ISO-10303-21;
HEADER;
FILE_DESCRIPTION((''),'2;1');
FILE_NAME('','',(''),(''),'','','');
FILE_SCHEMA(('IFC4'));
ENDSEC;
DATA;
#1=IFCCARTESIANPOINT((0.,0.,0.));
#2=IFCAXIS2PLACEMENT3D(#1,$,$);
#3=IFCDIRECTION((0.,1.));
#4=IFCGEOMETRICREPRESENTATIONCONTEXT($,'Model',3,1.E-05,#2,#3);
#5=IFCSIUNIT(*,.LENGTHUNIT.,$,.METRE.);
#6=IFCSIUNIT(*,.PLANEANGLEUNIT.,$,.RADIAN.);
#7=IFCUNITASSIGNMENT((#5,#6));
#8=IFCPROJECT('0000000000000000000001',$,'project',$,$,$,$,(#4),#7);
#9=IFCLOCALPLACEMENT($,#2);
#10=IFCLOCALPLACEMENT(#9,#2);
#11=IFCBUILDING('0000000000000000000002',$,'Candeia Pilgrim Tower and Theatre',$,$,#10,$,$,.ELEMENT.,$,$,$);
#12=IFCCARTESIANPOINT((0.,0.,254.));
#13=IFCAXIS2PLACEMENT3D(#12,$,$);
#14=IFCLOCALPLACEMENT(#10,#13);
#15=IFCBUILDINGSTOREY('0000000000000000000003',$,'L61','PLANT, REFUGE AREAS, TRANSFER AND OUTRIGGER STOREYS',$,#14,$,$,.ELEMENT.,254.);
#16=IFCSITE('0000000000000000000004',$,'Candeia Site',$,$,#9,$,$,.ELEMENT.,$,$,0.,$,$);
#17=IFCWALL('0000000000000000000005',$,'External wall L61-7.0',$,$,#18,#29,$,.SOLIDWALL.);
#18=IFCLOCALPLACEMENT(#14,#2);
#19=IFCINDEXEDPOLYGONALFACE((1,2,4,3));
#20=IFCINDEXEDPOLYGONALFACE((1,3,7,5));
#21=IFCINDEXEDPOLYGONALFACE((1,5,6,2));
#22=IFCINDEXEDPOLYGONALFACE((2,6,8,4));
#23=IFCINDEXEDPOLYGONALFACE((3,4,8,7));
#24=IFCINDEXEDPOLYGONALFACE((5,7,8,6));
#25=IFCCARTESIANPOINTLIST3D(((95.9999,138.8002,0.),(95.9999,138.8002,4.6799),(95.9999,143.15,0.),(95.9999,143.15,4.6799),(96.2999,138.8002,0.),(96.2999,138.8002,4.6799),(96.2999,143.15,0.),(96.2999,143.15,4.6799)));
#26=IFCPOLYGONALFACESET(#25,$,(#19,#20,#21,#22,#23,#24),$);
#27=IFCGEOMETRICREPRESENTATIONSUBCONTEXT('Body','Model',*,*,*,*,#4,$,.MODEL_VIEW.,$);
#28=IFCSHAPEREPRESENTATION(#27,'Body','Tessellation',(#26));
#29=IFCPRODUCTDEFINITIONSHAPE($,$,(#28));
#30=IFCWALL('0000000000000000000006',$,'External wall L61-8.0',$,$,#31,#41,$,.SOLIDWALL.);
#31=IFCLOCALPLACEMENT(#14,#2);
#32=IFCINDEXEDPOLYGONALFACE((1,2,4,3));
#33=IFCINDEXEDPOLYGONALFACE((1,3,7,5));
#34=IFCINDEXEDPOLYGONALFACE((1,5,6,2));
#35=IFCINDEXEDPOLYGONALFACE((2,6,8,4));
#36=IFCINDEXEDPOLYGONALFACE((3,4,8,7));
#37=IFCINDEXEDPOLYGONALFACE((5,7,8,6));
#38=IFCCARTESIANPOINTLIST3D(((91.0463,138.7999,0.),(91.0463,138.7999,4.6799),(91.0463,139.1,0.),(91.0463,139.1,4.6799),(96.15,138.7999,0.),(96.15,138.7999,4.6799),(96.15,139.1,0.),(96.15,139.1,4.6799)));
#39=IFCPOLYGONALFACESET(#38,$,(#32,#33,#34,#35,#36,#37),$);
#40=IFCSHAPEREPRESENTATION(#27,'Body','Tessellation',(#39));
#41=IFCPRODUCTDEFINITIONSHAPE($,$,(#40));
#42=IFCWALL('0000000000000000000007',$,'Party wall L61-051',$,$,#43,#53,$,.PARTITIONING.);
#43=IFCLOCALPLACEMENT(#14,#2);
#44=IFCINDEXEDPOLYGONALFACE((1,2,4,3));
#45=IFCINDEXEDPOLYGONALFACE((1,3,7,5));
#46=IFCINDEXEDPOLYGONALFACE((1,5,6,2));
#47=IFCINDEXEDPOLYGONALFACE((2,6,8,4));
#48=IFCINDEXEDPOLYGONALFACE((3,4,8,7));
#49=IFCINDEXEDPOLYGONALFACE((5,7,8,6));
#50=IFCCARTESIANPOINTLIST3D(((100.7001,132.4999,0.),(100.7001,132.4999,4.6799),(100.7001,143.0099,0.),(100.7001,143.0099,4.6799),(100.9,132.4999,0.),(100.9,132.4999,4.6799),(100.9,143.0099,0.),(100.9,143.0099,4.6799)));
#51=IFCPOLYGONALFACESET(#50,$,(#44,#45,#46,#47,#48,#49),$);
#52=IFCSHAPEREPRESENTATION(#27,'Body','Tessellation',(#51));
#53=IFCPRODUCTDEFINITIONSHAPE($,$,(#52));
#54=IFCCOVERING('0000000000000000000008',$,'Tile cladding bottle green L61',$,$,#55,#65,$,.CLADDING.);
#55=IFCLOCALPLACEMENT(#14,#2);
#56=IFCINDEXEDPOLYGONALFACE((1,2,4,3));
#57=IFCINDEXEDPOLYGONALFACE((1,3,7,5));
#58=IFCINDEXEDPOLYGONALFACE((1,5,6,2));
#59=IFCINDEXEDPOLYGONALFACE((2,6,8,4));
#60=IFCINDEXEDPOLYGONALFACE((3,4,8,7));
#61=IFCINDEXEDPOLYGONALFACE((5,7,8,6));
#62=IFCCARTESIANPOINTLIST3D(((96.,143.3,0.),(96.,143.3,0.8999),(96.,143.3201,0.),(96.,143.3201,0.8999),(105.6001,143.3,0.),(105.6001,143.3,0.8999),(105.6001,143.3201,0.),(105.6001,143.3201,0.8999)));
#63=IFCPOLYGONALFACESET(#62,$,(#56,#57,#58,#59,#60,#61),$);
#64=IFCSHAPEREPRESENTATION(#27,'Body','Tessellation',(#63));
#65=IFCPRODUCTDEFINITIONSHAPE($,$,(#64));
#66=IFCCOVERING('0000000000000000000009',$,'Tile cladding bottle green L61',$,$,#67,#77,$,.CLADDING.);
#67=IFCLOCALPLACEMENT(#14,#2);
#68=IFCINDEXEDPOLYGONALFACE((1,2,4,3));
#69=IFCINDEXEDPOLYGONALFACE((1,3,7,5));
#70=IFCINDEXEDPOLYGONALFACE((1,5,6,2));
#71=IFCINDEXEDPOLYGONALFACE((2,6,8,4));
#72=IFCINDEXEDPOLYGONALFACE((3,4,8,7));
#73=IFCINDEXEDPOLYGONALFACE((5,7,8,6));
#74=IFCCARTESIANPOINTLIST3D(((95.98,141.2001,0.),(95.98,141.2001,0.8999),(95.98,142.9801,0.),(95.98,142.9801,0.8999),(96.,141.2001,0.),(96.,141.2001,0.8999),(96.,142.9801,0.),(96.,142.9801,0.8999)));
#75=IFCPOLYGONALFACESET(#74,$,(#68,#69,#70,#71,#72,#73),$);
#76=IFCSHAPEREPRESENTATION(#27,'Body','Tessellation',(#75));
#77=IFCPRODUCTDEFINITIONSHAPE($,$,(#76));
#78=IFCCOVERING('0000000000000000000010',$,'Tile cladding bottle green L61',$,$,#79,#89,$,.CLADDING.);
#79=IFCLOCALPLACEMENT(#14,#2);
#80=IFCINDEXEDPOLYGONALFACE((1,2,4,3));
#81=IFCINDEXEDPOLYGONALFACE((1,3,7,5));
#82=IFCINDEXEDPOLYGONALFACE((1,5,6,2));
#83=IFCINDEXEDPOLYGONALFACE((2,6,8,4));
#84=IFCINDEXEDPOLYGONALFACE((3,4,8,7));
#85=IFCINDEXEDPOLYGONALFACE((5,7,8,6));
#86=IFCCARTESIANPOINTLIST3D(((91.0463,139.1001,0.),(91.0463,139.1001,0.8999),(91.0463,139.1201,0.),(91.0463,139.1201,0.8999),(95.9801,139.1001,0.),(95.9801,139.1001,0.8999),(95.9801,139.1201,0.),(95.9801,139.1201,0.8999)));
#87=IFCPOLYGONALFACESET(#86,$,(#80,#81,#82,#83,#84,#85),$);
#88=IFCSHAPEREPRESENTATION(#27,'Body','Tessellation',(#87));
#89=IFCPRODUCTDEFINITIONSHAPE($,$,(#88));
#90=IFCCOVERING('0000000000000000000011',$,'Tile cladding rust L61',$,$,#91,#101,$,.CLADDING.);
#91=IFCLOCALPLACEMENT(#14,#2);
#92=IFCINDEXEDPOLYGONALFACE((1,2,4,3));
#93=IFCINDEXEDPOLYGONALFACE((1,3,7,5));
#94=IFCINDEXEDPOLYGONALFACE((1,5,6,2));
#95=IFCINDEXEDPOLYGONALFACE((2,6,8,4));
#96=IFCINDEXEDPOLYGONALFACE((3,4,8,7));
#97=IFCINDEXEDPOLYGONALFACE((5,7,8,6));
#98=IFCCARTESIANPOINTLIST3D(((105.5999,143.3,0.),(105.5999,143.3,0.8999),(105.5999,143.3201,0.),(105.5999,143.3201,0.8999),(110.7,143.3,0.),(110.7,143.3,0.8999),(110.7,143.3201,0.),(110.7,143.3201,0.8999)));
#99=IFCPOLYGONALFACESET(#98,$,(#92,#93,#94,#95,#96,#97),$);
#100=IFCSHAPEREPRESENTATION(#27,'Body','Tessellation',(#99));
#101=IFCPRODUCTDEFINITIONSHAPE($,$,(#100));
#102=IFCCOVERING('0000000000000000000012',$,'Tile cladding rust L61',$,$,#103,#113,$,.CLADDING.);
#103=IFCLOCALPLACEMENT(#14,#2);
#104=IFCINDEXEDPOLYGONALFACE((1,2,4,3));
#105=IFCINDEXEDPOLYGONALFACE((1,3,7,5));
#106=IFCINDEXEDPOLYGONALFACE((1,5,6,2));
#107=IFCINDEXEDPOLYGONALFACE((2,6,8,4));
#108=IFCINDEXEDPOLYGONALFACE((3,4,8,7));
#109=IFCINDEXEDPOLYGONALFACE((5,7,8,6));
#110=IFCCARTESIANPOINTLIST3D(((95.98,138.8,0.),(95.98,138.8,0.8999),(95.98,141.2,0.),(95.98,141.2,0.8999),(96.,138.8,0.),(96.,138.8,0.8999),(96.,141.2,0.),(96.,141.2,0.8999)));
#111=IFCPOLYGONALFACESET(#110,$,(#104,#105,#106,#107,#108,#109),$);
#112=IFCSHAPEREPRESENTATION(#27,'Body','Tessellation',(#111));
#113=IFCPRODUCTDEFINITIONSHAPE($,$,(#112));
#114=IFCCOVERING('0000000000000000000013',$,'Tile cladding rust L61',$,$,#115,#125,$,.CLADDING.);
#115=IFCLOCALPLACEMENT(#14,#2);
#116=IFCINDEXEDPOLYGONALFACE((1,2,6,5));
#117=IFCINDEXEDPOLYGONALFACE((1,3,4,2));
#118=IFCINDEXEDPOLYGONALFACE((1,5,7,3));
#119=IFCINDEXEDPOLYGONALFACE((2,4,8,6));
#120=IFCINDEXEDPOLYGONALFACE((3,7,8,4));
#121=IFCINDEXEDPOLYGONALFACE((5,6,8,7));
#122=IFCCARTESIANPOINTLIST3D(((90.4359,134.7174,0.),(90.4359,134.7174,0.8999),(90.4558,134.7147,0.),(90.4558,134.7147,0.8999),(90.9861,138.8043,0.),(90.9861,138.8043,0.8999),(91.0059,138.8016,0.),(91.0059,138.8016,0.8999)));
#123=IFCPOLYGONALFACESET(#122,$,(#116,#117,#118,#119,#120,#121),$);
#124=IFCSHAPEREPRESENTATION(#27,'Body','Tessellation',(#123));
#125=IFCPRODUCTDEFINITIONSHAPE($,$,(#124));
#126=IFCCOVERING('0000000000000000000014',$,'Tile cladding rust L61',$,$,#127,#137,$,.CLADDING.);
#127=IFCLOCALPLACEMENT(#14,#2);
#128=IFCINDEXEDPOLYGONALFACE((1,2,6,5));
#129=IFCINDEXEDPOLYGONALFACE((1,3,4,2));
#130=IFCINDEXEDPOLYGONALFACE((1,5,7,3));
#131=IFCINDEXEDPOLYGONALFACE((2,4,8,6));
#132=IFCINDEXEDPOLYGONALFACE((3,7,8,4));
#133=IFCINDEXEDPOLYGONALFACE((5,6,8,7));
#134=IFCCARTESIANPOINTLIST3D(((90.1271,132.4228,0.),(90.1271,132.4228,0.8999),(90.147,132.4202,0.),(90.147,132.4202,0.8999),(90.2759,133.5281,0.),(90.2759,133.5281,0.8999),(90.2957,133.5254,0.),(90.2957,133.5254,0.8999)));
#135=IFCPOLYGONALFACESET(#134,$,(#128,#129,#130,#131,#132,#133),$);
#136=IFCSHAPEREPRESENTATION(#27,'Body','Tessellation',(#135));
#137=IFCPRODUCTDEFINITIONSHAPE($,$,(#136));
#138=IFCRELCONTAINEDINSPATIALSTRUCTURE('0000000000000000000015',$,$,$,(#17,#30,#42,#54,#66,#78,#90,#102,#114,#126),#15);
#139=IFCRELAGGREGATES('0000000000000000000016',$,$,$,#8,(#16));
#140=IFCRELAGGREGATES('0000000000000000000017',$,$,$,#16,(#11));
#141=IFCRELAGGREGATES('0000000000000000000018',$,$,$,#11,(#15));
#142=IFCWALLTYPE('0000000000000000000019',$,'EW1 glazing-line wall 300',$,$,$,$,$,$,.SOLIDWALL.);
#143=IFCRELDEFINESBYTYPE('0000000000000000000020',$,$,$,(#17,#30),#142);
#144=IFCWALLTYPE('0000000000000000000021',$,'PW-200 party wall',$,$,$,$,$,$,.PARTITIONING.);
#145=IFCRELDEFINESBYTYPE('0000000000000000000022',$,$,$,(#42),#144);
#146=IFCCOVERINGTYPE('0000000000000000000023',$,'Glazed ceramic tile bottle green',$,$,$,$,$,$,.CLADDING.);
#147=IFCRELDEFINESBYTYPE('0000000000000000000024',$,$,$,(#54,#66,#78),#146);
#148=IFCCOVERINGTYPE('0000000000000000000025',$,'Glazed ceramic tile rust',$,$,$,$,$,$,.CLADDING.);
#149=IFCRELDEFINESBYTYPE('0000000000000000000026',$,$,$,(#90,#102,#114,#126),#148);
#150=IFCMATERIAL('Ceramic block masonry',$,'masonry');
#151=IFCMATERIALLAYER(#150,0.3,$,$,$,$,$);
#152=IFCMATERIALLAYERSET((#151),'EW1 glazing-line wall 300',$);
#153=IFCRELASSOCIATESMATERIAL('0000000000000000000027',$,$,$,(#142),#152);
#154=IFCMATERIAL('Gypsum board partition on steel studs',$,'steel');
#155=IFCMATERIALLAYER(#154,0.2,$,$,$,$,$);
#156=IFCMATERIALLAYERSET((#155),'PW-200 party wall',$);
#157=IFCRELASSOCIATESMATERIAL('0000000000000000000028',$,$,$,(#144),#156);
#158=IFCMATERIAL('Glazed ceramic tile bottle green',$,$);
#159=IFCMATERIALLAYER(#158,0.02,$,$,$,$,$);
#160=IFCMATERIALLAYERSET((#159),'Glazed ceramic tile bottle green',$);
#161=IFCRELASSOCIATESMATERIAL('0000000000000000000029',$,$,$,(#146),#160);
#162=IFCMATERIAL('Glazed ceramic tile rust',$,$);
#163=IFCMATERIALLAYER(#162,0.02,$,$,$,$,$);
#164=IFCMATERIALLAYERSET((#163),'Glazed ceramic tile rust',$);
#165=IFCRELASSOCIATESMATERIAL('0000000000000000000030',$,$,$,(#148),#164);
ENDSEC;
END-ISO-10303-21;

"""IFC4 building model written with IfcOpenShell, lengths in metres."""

from ifc_helpers import new_model, si_unit, direction, frame, frame_2d, origin, origin_2d, place, context, subcontext, project, spatial, rectangle, extrude, material, layer, layer_set, type_object, element, save


model = new_model("IFC4")

# Units and contexts
model_context = context("Model", 3, precision=1e-05, world=origin(), true_north=direction((0.0, 1.0)))
body_context = subcontext(model_context, "Body", "Model", "MODEL_VIEW")
ifc_project = project(units=[si_unit("LENGTHUNIT", "METRE"), si_unit("PLANEANGLEUNIT", "RADIAN")], contexts=[model_context])

# Site, building, storey
site_placement = place(None, origin())
site = spatial("IfcSite", under=ifc_project, at=site_placement, Name="Candeia Site", CompositionType="ELEMENT", RefElevation=0.0)
building_placement = place(site_placement, origin())
building = spatial("IfcBuilding", under=site, at=building_placement, Name="Candeia Pilgrim Tower and Theatre", CompositionType="ELEMENT")
storey_placement = place(building_placement, frame((0.0, 0.0, 254.0)))
storey = spatial("IfcBuildingStorey", under=building, at=storey_placement, Name="L61", Description="PLANT, REFUGE AREAS, TRANSFER AND OUTRIGGER STOREYS", CompositionType="ELEMENT", Elevation=254.0)

# Walls
ifc_material_1 = material(Name="Ceramic block masonry", Category="masonry")
ifc_layer_1 = layer(ifc_material_1, 0.3)
ifc_layer_set_1 = layer_set([ifc_layer_1], Name="EW1 glazing-line wall 300")
wall_type_1 = type_object("IfcWallType", Name="EW1 glazing-line wall 300", PredefinedType="SOLIDWALL", material=ifc_layer_set_1)
wall_1_placement = place(storey_placement, frame((96.1499, 143.1499, 0.0), z_axis=(0.0, 0.0, 1.0), x_axis=(0.0, -1.0, 0.0)))
element("IfcWall", 1, at=wall_1_placement, inside=storey, type_object=wall_type_1, Name="External wall L61-7.0", PredefinedType="SOLIDWALL", context=body_context, shape_type="SweptSolid", body=[
    extrude(rectangle(XDim=4.3499, YDim=0.3, at=frame_2d((2.1748, 0.0))), origin(), (0.0, 0.0, 1.0), 4.6799),
])
wall_2_placement = place(storey_placement, frame((96.1499, 138.95, 0.0), z_axis=(0.0, 0.0, 1.0), x_axis=(-1.0, 0.0, 0.0)))
element("IfcWall", 2, at=wall_2_placement, inside=storey, type_object=wall_type_1, Name="External wall L61-8.0", PredefinedType="SOLIDWALL", context=body_context, shape_type="SweptSolid", body=[
    extrude(rectangle(XDim=5.1038, YDim=0.3, at=frame_2d((2.5518, 0.0))), origin(), (0.0, 0.0, 1.0), 4.6799),
])

# Wall
ifc_material_2 = material(Name="Gypsum board partition on steel studs", Category="steel")
ifc_layer_2 = layer(ifc_material_2, 0.2)
ifc_layer_set_2 = layer_set([ifc_layer_2], Name="PW-200 party wall")
wall_type_2 = type_object("IfcWallType", Name="PW-200 party wall", PredefinedType="PARTITIONING", material=ifc_layer_set_2)
wall_3_placement = place(storey_placement, frame((100.8, 132.5, 0.0), z_axis=(0.0, 0.0, 1.0), x_axis=(0.0, 1.0, 0.0)))
element("IfcWall", 3, at=wall_3_placement, inside=storey, type_object=wall_type_2, Name="Party wall L61-051", PredefinedType="PARTITIONING", context=body_context, shape_type="SweptSolid", body=[
    extrude(rectangle(XDim=10.51, YDim=0.2, at=frame_2d((5.2549, 0.0))), origin(), (0.0, 0.0, 1.0), 4.6799),
])

# Coverings
ifc_material_3 = material(Name="Glazed ceramic tile bottle green")
ifc_layer_3 = layer(ifc_material_3, 0.02)
ifc_layer_set_3 = layer_set([ifc_layer_3], Name="Glazed ceramic tile bottle green")
covering_type_1 = type_object("IfcCoveringType", Name="Glazed ceramic tile bottle green", PredefinedType="CLADDING", material=ifc_layer_set_3)
covering_1_placement = place(storey_placement, frame((100.8, 143.3101, 0.0), z_axis=(0.0, 0.0, 1.0), x_axis=(-1.0, 0.0, 0.0)))
element("IfcCovering", 4, at=covering_1_placement, inside=storey, type_object=covering_type_1, Name="Tile cladding bottle green L61", PredefinedType="CLADDING", context=body_context, shape_type="SweptSolid", body=[
    extrude(rectangle(XDim=9.6001, YDim=0.02, at=origin_2d()), origin(), (0.0, 0.0, 1.0), 0.8999),
])
covering_2_placement = place(storey_placement, frame((95.99, 142.0901, 0.0), z_axis=(0.0, 0.0, 1.0), x_axis=(0.0, -1.0, 0.0)))
element("IfcCovering", 5, at=covering_2_placement, inside=storey, type_object=covering_type_1, Name="Tile cladding bottle green L61", PredefinedType="CLADDING", context=body_context, shape_type="SweptSolid", body=[
    extrude(rectangle(XDim=1.78, YDim=0.02, at=origin_2d()), origin(), (0.0, 0.0, 1.0), 0.8999),
])
covering_3_placement = place(storey_placement, frame((93.5132, 139.1101, 0.0), z_axis=(0.0, 0.0, 1.0), x_axis=(-1.0, 0.0, 0.0)))
element("IfcCovering", 6, at=covering_3_placement, inside=storey, type_object=covering_type_1, Name="Tile cladding bottle green L61", PredefinedType="CLADDING", context=body_context, shape_type="SweptSolid", body=[
    extrude(rectangle(XDim=4.9338, YDim=0.02, at=origin_2d()), origin(), (0.0, 0.0, 1.0), 0.8999),
])
ifc_material_4 = material(Name="Glazed ceramic tile rust")
ifc_layer_4 = layer(ifc_material_4, 0.02)
ifc_layer_set_4 = layer_set([ifc_layer_4], Name="Glazed ceramic tile rust")
covering_type_2 = type_object("IfcCoveringType", Name="Glazed ceramic tile rust", PredefinedType="CLADDING", material=ifc_layer_set_4)
covering_4_placement = place(storey_placement, frame((108.1499, 143.3101, 0.0), z_axis=(0.0, 0.0, 1.0), x_axis=(-1.0, 0.0, 0.0)))
element("IfcCovering", 7, at=covering_4_placement, inside=storey, type_object=covering_type_2, Name="Tile cladding rust L61", PredefinedType="CLADDING", context=body_context, shape_type="SweptSolid", body=[
    extrude(rectangle(XDim=5.1001, YDim=0.02, at=origin_2d()), origin(), (0.0, 0.0, 1.0), 0.8999),
])
covering_5_placement = place(storey_placement, frame((95.99, 140.0, 0.0), z_axis=(0.0, 0.0, 1.0), x_axis=(0.0, -1.0, 0.0)))
element("IfcCovering", 8, at=covering_5_placement, inside=storey, type_object=covering_type_2, Name="Tile cladding rust L61", PredefinedType="CLADDING", context=body_context, shape_type="SweptSolid", body=[
    extrude(rectangle(XDim=2.3999, YDim=0.02, at=origin_2d()), origin(), (0.0, 0.0, 1.0), 0.8999),
])
covering_6_placement = place(storey_placement, frame((90.7209, 136.7595, 0.0), z_axis=(0.0, 0.0, 1.0), x_axis=(-0.133412, -0.991061, 0.0)))
element("IfcCovering", 9, at=covering_6_placement, inside=storey, type_object=covering_type_2, Name="Tile cladding rust L61", PredefinedType="CLADDING", context=body_context, shape_type="SweptSolid", body=[
    extrude(rectangle(XDim=4.1238, YDim=0.02, at=origin_2d()), origin(), (0.0, 0.0, 1.0), 0.8999),
])
covering_7_placement = place(storey_placement, frame((90.2114, 132.9741, 0.0), z_axis=(0.0, 0.0, 1.0), x_axis=(-0.133412, -0.991061, 0.0)))
element("IfcCovering", 10, at=covering_7_placement, inside=storey, type_object=covering_type_2, Name="Tile cladding rust L61", PredefinedType="CLADDING", context=body_context, shape_type="SweptSolid", body=[
    extrude(rectangle(XDim=1.1152, YDim=0.02, at=origin_2d()), origin(), (0.0, 0.0, 1.0), 0.8999),
])

save(model, "model.ifc")
